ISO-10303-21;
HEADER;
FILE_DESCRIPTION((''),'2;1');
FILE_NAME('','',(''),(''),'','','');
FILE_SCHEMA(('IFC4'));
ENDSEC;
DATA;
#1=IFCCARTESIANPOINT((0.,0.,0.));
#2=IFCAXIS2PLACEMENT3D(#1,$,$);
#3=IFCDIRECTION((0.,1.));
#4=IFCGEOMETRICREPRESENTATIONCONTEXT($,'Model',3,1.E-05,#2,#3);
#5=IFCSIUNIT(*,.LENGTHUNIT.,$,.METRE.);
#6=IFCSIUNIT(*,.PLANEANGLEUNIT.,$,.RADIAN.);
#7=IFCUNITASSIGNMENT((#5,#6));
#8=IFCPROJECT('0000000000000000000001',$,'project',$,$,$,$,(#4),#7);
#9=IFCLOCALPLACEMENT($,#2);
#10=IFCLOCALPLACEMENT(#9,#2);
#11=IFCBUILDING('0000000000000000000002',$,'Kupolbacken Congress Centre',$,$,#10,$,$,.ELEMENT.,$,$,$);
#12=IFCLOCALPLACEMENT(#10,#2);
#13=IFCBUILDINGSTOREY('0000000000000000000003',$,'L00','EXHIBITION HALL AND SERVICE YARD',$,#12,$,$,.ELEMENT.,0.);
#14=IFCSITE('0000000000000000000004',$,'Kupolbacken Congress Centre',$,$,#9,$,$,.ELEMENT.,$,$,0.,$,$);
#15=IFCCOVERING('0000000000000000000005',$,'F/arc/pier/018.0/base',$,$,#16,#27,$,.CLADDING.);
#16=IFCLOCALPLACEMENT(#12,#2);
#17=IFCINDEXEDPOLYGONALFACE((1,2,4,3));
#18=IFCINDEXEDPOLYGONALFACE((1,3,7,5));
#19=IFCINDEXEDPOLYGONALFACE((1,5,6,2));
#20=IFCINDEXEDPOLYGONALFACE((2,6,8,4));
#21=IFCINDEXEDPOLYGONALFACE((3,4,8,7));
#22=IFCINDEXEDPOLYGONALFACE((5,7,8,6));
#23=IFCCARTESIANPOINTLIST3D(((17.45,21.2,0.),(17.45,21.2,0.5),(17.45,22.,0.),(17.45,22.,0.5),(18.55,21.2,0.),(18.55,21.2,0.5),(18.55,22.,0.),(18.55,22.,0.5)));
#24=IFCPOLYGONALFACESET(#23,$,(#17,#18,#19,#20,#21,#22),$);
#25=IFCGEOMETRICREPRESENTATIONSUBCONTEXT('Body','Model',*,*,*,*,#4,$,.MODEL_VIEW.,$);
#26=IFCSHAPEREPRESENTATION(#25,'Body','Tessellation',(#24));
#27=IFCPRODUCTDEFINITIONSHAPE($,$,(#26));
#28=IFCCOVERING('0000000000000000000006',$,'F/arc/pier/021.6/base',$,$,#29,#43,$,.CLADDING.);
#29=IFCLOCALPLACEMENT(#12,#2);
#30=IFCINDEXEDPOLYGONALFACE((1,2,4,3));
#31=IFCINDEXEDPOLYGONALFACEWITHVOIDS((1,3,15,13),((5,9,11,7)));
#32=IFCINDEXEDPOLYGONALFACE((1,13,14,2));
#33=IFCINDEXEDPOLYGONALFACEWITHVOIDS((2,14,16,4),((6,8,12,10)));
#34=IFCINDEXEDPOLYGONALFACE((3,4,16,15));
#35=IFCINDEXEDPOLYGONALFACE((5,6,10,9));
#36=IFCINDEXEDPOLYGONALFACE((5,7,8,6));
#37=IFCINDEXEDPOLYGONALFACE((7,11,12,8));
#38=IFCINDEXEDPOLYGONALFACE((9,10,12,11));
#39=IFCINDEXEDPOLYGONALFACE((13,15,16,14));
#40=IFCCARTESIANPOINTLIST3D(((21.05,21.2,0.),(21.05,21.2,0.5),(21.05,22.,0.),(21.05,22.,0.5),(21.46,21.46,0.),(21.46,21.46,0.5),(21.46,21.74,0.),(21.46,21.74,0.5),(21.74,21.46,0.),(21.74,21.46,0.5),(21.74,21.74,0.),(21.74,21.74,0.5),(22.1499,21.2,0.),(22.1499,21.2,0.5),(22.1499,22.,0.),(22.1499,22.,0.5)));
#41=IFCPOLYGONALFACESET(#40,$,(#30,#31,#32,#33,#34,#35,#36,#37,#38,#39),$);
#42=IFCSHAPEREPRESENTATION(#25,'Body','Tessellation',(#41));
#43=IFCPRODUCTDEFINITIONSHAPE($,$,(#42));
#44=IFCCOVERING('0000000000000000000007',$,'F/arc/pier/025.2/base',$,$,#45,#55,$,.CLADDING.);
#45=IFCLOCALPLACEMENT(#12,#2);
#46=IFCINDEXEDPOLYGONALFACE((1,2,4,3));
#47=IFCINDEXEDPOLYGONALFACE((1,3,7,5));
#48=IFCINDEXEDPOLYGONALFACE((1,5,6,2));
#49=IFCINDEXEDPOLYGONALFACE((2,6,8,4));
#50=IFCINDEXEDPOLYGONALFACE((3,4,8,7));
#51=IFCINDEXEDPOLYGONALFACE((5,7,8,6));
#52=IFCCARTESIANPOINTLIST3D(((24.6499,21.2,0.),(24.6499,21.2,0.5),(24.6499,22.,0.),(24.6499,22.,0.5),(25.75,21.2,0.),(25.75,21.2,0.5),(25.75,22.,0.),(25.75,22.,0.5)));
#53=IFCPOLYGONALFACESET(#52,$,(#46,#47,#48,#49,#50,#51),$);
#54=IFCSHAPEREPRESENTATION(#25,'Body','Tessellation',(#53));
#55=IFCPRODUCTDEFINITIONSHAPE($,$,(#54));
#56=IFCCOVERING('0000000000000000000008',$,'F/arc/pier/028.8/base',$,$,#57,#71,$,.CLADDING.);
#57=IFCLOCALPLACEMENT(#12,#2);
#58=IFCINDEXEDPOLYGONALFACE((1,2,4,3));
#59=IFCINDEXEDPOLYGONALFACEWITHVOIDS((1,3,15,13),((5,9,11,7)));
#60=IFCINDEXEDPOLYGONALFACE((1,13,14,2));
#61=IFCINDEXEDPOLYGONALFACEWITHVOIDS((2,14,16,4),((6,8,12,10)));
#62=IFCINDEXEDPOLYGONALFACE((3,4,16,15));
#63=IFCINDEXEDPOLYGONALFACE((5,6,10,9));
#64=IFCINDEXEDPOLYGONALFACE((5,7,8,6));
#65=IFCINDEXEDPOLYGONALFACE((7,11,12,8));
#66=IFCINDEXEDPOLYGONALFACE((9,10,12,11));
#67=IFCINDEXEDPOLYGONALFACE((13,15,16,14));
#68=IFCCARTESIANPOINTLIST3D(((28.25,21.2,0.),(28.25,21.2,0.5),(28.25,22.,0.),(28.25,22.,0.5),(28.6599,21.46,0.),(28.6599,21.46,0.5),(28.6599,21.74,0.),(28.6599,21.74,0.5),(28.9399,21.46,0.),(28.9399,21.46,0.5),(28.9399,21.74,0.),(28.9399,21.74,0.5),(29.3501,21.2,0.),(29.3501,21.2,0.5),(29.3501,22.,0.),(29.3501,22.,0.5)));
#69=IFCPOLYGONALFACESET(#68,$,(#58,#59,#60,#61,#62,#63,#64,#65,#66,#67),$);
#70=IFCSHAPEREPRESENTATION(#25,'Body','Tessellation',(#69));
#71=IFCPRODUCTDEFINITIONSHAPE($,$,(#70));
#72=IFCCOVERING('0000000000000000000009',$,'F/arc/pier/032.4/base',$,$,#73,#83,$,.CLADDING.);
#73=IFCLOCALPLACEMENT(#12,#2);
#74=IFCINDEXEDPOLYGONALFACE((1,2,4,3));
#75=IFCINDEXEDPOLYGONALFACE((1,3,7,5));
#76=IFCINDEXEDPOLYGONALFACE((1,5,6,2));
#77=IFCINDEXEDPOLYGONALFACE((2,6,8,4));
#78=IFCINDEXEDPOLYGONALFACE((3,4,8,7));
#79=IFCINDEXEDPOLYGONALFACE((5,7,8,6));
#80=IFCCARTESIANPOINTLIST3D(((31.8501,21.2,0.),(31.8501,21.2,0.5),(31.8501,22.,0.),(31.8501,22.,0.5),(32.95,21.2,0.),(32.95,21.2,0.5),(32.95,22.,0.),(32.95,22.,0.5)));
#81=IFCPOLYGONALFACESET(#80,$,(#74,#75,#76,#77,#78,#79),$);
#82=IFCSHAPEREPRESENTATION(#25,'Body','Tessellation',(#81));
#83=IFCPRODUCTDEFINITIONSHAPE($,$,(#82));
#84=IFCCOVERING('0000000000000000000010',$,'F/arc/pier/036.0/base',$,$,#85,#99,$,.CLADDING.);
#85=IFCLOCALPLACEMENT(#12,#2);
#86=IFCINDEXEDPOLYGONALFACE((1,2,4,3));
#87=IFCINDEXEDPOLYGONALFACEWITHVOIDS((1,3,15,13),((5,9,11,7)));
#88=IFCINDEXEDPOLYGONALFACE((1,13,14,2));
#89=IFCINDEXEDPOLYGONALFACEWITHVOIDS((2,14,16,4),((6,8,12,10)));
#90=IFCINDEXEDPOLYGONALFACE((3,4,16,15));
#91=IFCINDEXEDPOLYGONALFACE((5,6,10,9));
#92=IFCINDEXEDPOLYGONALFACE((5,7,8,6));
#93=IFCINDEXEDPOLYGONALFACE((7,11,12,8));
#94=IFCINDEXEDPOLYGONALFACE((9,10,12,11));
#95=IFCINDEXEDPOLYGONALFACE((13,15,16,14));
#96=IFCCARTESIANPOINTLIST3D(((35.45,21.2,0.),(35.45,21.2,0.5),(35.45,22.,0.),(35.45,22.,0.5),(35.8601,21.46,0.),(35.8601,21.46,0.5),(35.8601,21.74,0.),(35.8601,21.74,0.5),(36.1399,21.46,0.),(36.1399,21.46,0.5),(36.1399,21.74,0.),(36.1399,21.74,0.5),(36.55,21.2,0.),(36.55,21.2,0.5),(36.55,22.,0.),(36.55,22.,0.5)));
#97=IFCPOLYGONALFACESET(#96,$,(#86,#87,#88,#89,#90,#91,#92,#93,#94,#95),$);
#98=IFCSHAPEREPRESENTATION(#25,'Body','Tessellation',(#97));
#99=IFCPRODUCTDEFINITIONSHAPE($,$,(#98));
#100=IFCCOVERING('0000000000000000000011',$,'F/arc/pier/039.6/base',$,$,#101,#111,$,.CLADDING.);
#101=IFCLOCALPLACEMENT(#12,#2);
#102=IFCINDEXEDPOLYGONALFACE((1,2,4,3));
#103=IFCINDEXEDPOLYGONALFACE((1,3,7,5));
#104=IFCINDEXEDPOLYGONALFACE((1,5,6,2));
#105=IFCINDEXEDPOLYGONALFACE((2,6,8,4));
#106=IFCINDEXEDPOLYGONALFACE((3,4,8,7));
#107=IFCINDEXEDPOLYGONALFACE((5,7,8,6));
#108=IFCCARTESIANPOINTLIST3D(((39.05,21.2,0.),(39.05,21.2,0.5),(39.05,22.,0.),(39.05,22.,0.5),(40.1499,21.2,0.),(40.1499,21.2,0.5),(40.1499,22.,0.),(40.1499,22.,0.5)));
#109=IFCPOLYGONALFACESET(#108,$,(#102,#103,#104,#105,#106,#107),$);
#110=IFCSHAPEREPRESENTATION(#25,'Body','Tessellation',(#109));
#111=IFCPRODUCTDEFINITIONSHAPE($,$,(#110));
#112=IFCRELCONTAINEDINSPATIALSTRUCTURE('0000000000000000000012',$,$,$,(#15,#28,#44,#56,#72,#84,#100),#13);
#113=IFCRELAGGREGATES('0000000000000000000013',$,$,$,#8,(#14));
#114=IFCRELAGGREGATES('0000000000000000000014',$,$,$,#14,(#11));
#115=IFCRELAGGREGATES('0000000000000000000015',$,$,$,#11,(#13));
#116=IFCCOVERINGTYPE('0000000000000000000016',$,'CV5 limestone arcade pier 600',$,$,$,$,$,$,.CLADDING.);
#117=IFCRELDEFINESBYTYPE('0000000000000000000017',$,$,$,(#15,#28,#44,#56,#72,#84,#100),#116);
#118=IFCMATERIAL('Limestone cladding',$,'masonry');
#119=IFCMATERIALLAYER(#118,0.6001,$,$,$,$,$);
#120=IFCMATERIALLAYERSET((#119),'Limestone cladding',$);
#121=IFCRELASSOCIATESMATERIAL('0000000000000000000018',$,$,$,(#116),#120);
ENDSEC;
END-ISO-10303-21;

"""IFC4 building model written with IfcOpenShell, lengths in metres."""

from ifc_helpers import new_model, si_unit, direction, origin, place, context, subcontext, project, spatial, polyline, outline, extrude, material, layer, layer_set, type_object, element, save


model = new_model("IFC4")

# Units and contexts
model_context = context("Model", 3, precision=1e-05, world=origin(), true_north=direction((0.0, 1.0)))
body_context = subcontext(model_context, "Body", "Model", "MODEL_VIEW")
ifc_project = project(units=[si_unit("LENGTHUNIT", "METRE"), si_unit("PLANEANGLEUNIT", "RADIAN")], contexts=[model_context])

# Site, building, storey
site_placement = place(None, origin())
site = spatial("IfcSite", under=ifc_project, at=site_placement, Name="Kupolbacken Congress Centre", CompositionType="ELEMENT", RefElevation=0.0)
building_placement = place(site_placement, origin())
building = spatial("IfcBuilding", under=site, at=building_placement, Name="Kupolbacken Congress Centre", CompositionType="ELEMENT")
storey_placement = place(building_placement, origin())
storey = spatial("IfcBuildingStorey", under=building, at=storey_placement, Name="L00", Description="EXHIBITION HALL AND SERVICE YARD", CompositionType="ELEMENT", Elevation=0.0)

# Coverings
ifc_material_1 = material(Name="Limestone cladding", Category="masonry")
ifc_layer_1 = layer(ifc_material_1, 0.6001)
ifc_layer_set_1 = layer_set([ifc_layer_1], Name="Limestone cladding")
covering_type_1 = type_object("IfcCoveringType", Name="CV5 limestone arcade pier 600", PredefinedType="CLADDING", material=ifc_layer_set_1)
covering_1_placement = place(storey_placement, origin())
element("IfcCovering", 1, at=covering_1_placement, inside=storey, type_object=covering_type_1, Name="F/arc/pier/018.0/base", PredefinedType="CLADDING", context=body_context, shape_type="SweptSolid", body=[
    extrude(outline(polyline([(17.45, 21.2), (18.55, 21.2), (18.55, 22.0), (17.45, 22.0), (17.45, 21.2)])), origin(), (0.0, 0.0, 1.0), 0.5),
])
covering_2_placement = place(storey_placement, origin())
element("IfcCovering", 2, at=covering_2_placement, inside=storey, type_object=covering_type_1, Name="F/arc/pier/021.6/base", PredefinedType="CLADDING", context=body_context, shape_type="SweptSolid", body=[
    extrude(outline(polyline([(21.05, 21.2), (22.1499, 21.2), (22.1499, 22.0), (21.05, 22.0), (21.05, 21.2)]), holes=[polyline([(21.46, 21.46), (21.74, 21.46), (21.74, 21.74), (21.46, 21.74), (21.46, 21.46)])]), origin(), (0.0, 0.0, 1.0), 0.5),
])
covering_3_placement = place(storey_placement, origin())
element("IfcCovering", 3, at=covering_3_placement, inside=storey, type_object=covering_type_1, Name="F/arc/pier/025.2/base", PredefinedType="CLADDING", context=body_context, shape_type="SweptSolid", body=[
    extrude(outline(polyline([(24.6499, 21.2), (25.75, 21.2), (25.75, 22.0), (24.6499, 22.0), (24.6499, 21.2)])), origin(), (0.0, 0.0, 1.0), 0.5),
])
covering_4_placement = place(storey_placement, origin())
element("IfcCovering", 4, at=covering_4_placement, inside=storey, type_object=covering_type_1, Name="F/arc/pier/028.8/base", PredefinedType="CLADDING", context=body_context, shape_type="SweptSolid", body=[
    extrude(outline(polyline([(28.25, 21.2), (29.3501, 21.2), (29.3501, 22.0), (28.25, 22.0), (28.25, 21.2)]), holes=[polyline([(28.6599, 21.46), (28.9399, 21.46), (28.9399, 21.74), (28.6599, 21.74), (28.6599, 21.46)])]), origin(), (0.0, 0.0, 1.0), 0.5),
])
covering_5_placement = place(storey_placement, origin())
element("IfcCovering", 5, at=covering_5_placement, inside=storey, type_object=covering_type_1, Name="F/arc/pier/032.4/base", PredefinedType="CLADDING", context=body_context, shape_type="SweptSolid", body=[
    extrude(outline(polyline([(31.8501, 21.2), (32.95, 21.2), (32.95, 22.0), (31.8501, 22.0), (31.8501, 21.2)])), origin(), (0.0, 0.0, 1.0), 0.5),
])
covering_6_placement = place(storey_placement, origin())
element("IfcCovering", 6, at=covering_6_placement, inside=storey, type_object=covering_type_1, Name="F/arc/pier/036.0/base", PredefinedType="CLADDING", context=body_context, shape_type="SweptSolid", body=[
    extrude(outline(polyline([(35.45, 21.2), (36.55, 21.2), (36.55, 22.0), (35.45, 22.0), (35.45, 21.2)]), holes=[polyline([(35.8601, 21.46), (36.1399, 21.46), (36.1399, 21.74), (35.8601, 21.74), (35.8601, 21.46)])]), origin(), (0.0, 0.0, 1.0), 0.5),
])
covering_7_placement = place(storey_placement, origin())
element("IfcCovering", 7, at=covering_7_placement, inside=storey, type_object=covering_type_1, Name="F/arc/pier/039.6/base", PredefinedType="CLADDING", context=body_context, shape_type="SweptSolid", body=[
    extrude(outline(polyline([(39.05, 21.2), (40.1499, 21.2), (40.1499, 22.0), (39.05, 22.0), (39.05, 21.2)])), origin(), (0.0, 0.0, 1.0), 0.5),
])

save(model, "model.ifc")
